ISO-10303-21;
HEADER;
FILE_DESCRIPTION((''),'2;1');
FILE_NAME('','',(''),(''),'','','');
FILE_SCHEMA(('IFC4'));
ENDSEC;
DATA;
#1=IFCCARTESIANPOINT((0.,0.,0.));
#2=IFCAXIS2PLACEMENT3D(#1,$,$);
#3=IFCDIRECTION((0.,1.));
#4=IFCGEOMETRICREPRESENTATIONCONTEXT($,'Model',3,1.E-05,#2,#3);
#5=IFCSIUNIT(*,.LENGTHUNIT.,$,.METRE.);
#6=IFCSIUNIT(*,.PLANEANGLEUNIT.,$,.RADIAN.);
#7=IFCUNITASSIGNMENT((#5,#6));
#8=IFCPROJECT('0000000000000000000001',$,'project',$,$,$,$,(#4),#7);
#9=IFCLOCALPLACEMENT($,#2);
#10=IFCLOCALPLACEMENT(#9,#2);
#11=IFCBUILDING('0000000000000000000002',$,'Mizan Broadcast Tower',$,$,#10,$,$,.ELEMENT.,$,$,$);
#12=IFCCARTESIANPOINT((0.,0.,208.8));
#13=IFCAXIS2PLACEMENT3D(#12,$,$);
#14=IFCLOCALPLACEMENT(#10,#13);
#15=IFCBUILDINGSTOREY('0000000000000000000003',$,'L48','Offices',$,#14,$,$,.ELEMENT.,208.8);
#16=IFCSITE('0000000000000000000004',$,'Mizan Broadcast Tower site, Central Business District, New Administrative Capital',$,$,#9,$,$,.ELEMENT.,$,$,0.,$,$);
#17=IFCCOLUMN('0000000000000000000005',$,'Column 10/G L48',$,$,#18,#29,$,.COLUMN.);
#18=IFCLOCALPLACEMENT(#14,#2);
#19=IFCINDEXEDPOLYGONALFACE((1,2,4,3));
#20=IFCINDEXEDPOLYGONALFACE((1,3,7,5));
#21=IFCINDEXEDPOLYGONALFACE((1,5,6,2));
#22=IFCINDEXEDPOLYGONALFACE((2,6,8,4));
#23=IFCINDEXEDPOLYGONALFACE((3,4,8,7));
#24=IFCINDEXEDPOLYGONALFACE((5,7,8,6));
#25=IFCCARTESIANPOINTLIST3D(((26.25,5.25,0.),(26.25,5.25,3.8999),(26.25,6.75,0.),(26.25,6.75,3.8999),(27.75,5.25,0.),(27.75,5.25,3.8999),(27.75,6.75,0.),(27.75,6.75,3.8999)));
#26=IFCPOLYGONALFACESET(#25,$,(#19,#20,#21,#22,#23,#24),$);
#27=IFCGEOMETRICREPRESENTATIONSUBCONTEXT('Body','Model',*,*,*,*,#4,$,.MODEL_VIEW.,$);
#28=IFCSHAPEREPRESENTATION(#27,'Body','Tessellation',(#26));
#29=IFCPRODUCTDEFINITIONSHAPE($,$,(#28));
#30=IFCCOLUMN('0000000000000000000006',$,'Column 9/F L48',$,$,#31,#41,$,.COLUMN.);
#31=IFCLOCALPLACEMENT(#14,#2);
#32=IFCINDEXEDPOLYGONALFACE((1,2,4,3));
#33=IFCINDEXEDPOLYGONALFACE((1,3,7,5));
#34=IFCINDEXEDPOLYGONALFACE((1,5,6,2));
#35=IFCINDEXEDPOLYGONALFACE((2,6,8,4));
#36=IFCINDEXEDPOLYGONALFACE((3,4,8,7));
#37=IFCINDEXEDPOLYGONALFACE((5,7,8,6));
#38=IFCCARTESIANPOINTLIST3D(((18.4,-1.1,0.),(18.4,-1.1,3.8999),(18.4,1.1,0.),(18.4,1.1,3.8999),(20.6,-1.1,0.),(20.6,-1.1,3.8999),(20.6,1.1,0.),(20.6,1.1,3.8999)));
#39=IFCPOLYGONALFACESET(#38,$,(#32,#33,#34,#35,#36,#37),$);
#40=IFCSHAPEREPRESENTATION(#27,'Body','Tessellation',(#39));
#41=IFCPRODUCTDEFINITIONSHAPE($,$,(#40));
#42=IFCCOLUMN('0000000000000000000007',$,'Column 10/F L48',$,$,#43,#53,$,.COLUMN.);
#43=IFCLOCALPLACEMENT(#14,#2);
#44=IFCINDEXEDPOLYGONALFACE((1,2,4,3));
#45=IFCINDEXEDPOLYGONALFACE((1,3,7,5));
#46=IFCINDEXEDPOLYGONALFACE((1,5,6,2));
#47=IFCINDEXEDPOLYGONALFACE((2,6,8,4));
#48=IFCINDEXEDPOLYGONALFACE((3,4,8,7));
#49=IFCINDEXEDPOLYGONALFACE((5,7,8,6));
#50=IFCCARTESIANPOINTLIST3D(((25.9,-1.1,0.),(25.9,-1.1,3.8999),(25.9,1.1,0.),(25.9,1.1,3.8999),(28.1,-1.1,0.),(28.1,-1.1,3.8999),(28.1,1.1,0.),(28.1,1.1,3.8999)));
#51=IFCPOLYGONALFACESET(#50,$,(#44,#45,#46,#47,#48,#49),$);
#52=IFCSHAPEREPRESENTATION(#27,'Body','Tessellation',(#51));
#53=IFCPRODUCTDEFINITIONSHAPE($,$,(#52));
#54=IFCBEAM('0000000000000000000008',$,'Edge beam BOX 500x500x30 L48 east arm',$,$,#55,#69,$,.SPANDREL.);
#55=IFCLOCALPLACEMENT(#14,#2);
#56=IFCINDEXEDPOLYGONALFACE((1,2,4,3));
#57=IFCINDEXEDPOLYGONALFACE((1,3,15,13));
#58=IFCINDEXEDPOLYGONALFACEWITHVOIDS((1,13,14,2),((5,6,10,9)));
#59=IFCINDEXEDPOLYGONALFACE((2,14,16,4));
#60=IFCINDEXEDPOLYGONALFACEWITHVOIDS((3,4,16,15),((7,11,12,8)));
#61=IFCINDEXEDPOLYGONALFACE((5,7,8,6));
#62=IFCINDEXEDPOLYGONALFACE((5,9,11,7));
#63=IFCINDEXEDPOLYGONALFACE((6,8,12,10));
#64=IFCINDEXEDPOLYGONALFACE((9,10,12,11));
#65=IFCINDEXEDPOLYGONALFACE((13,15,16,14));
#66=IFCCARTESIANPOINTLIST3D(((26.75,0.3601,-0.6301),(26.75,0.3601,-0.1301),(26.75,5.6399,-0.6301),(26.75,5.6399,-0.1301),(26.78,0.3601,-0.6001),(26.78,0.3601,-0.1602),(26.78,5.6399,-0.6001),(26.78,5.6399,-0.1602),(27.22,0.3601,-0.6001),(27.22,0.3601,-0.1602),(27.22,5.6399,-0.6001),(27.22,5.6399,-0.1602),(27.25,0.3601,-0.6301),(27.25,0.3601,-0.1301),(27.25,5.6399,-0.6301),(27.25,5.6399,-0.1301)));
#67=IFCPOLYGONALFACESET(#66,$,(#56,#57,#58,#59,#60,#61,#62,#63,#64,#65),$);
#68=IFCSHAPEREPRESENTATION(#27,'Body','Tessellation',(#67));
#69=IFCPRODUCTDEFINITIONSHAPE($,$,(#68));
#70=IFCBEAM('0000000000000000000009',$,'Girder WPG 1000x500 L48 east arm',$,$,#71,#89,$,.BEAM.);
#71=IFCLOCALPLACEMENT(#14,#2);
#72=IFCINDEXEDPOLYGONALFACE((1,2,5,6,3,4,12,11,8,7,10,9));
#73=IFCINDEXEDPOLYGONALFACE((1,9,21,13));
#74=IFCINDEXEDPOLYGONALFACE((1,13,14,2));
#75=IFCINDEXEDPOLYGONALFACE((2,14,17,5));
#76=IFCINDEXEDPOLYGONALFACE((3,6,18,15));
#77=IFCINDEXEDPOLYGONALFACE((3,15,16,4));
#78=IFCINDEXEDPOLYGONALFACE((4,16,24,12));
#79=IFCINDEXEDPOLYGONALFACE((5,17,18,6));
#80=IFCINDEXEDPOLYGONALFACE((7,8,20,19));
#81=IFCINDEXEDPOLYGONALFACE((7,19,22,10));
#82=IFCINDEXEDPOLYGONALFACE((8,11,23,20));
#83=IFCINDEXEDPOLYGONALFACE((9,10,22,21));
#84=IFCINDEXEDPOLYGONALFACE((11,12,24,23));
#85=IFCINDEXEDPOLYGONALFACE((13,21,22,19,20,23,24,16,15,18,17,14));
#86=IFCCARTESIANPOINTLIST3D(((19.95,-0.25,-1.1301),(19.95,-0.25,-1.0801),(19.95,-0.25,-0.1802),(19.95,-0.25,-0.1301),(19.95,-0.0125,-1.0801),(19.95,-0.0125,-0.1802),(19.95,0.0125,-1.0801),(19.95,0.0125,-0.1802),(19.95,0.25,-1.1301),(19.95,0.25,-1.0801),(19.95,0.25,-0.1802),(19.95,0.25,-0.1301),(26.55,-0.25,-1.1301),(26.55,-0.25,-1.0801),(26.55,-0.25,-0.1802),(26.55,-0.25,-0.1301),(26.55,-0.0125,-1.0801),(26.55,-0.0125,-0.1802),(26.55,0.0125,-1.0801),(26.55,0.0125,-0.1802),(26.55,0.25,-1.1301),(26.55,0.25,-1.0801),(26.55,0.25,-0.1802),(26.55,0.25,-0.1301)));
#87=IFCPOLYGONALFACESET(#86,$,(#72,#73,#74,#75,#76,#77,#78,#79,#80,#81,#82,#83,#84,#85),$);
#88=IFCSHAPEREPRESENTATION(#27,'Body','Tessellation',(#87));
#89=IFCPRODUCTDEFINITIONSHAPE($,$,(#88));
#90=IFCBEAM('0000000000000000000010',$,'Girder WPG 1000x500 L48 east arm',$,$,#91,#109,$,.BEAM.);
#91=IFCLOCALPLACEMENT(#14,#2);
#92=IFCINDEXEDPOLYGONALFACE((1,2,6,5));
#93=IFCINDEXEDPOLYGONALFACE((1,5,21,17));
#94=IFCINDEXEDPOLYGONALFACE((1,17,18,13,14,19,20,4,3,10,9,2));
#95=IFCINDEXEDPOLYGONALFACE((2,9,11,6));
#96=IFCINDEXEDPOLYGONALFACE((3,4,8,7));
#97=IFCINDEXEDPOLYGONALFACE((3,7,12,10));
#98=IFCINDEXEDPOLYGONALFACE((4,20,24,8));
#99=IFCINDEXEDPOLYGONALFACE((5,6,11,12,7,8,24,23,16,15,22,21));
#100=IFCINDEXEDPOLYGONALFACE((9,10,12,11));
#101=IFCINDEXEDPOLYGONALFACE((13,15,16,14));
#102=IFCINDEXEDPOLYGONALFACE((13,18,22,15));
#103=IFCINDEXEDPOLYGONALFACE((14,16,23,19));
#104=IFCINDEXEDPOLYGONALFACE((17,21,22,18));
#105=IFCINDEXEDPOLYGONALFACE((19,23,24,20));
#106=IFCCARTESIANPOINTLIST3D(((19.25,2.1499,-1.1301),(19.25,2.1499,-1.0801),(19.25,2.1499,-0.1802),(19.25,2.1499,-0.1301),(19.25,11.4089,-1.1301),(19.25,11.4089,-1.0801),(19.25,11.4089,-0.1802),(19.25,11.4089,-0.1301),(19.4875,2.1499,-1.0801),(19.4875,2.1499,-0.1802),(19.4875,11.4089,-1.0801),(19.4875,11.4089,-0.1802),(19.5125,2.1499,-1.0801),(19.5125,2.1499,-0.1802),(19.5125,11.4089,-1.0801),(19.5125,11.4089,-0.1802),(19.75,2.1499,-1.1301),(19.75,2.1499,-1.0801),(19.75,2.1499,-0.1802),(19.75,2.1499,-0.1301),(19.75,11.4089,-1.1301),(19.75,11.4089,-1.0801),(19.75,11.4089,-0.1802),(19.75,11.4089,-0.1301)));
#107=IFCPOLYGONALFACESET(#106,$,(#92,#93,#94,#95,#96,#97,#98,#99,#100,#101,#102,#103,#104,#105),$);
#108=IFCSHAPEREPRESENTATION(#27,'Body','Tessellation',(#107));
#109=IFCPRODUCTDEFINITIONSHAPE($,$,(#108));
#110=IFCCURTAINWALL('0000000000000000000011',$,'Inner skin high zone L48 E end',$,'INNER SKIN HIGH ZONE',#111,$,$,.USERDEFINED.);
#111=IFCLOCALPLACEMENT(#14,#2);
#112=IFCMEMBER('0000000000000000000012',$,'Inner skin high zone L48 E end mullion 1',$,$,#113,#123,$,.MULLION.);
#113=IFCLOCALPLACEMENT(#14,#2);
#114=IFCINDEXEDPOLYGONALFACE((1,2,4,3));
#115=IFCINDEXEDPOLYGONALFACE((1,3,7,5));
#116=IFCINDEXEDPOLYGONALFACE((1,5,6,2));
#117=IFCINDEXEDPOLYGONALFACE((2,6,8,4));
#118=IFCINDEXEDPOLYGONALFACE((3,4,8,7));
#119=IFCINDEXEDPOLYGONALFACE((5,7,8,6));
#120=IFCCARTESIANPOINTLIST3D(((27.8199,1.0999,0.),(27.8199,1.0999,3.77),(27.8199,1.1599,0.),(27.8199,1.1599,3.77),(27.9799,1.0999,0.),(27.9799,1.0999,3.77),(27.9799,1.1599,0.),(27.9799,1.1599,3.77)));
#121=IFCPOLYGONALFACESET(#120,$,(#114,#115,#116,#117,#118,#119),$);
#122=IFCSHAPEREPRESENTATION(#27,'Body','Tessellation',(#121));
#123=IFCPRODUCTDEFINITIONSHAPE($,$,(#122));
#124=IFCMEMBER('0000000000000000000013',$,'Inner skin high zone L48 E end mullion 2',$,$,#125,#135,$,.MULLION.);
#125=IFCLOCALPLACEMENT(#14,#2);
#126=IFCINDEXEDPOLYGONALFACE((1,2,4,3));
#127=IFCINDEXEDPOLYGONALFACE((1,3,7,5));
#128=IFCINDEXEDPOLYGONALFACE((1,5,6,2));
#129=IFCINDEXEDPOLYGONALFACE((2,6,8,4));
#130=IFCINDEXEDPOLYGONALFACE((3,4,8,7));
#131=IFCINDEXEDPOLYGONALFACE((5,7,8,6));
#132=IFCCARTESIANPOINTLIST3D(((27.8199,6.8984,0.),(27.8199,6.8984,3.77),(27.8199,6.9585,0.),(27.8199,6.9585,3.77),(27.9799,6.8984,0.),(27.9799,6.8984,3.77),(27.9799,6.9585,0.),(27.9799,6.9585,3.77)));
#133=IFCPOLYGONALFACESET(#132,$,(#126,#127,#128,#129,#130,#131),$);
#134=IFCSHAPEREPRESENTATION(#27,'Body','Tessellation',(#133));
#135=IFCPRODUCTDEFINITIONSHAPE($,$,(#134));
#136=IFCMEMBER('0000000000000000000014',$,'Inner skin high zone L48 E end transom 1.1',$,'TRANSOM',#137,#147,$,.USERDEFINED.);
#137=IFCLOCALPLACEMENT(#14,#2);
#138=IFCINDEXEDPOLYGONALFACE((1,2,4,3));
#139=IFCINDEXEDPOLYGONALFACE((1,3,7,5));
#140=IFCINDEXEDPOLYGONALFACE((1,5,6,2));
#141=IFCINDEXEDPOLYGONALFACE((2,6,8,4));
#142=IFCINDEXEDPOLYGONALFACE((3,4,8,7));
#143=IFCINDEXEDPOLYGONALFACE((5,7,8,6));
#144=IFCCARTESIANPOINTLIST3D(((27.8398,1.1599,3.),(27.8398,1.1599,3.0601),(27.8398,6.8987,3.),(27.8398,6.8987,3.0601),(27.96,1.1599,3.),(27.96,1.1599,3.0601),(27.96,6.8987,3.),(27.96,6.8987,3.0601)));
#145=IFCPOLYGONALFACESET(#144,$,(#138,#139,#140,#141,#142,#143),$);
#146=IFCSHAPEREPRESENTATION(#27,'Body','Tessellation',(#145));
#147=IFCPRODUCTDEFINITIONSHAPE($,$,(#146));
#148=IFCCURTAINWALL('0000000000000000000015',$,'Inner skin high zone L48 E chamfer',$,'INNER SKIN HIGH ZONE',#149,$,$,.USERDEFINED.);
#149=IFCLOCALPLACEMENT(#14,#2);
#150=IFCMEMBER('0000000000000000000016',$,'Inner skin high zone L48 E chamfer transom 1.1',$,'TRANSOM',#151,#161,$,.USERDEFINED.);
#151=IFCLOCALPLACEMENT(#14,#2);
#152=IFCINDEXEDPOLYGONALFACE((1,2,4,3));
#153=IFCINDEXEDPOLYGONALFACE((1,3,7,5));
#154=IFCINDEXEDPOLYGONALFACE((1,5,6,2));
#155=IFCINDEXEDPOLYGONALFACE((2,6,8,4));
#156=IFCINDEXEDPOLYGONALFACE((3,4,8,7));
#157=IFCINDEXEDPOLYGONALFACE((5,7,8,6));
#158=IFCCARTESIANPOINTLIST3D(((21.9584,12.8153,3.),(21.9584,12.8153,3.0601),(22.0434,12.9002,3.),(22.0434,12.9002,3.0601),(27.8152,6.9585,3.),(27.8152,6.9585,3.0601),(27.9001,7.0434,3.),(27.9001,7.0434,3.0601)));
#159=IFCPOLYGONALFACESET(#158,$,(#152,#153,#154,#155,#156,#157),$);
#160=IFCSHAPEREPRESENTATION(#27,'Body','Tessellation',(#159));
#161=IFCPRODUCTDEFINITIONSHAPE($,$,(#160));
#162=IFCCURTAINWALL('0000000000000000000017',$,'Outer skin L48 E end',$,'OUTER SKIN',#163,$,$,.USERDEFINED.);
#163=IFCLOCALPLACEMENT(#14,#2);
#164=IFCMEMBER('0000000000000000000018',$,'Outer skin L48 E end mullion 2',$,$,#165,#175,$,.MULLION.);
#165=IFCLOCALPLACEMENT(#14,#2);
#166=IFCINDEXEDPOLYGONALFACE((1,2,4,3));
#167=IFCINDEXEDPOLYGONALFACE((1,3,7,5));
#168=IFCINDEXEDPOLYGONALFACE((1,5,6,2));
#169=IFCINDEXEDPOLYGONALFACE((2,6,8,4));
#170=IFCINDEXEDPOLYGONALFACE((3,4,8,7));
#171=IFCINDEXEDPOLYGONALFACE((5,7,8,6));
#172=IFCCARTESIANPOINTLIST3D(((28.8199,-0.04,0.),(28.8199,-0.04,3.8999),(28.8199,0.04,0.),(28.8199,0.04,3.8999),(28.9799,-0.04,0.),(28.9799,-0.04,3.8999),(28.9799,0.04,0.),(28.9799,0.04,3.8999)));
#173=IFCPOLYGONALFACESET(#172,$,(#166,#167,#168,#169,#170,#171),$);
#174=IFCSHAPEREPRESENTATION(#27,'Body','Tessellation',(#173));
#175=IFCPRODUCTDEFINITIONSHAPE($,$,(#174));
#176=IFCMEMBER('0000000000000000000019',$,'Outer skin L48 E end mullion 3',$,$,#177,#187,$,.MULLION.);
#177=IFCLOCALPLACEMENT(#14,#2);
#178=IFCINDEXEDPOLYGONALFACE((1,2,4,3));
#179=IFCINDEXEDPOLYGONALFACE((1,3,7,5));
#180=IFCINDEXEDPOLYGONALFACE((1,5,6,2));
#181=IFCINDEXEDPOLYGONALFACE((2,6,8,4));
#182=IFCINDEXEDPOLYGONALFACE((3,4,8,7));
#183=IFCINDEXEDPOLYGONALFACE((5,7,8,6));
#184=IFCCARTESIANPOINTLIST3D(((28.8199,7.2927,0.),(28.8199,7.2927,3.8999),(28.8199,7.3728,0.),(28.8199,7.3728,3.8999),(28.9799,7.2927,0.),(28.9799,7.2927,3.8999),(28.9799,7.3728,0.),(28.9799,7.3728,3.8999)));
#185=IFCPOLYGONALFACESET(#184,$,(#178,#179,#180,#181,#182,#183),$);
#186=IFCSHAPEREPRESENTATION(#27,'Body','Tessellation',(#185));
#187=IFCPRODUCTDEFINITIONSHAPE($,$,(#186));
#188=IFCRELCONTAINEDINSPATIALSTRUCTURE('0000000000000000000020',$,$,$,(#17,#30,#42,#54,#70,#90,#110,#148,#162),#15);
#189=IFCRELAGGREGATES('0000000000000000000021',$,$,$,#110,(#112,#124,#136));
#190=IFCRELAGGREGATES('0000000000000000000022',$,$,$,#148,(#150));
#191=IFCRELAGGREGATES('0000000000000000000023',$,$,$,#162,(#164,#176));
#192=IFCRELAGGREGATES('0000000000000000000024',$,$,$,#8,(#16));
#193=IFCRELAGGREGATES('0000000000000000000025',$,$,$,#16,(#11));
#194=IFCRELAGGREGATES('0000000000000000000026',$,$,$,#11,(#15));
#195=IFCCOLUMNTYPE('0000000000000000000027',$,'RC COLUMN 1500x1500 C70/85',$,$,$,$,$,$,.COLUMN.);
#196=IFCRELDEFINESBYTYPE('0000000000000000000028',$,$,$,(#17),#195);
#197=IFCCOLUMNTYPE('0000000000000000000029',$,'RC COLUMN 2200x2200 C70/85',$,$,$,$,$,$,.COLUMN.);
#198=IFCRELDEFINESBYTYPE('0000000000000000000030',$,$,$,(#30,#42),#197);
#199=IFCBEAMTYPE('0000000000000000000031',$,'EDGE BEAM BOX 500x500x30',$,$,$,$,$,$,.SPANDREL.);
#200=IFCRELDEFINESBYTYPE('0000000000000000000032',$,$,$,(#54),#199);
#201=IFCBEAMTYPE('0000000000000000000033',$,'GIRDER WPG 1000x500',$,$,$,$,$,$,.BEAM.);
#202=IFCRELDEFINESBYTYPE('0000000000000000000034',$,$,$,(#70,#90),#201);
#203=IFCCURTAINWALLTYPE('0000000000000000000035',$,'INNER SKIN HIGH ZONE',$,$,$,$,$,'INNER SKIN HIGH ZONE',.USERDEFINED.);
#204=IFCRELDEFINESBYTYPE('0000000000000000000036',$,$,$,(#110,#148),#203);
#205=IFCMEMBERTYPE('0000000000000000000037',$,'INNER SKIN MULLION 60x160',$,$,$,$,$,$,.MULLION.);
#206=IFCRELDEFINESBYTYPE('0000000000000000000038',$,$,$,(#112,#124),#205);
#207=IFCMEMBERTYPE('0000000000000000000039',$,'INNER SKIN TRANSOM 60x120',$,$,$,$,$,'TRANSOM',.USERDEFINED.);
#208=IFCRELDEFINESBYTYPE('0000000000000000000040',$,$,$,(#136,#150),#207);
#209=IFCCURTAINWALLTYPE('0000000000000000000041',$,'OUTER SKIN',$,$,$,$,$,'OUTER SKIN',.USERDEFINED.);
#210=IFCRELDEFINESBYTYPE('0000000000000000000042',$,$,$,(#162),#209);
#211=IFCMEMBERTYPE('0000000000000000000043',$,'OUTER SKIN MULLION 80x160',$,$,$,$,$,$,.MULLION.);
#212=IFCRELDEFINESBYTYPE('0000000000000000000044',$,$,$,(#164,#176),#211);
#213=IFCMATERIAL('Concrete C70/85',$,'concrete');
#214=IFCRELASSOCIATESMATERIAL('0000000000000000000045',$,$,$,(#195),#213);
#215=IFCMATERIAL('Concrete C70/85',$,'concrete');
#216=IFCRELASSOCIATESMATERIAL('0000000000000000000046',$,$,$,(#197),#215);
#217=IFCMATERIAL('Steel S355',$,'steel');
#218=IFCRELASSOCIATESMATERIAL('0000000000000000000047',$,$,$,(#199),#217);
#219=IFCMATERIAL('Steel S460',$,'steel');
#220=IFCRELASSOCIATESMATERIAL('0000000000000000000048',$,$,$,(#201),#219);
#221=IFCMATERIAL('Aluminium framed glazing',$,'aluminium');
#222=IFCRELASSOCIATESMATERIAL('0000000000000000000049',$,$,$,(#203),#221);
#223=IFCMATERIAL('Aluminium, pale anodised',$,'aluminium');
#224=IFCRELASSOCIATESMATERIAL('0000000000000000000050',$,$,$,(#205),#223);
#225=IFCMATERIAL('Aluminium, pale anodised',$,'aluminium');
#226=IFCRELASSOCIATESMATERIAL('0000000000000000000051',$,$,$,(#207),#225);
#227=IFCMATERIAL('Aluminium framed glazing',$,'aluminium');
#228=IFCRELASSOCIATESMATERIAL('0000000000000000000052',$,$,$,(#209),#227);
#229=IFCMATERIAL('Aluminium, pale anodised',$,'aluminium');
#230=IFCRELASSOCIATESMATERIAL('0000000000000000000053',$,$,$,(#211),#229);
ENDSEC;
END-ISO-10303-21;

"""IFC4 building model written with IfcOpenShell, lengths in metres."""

from ifc_helpers import new_model, si_unit, direction, frame, origin, origin_2d, place, context, subcontext, project, spatial, rectangle, hollow_rectangle, i_section, extrude, material, material_profile, profile_set, type_object, element, aggregate, save


model = new_model("IFC4")

# Units and contexts
model_context = context("Model", 3, precision=1e-05, world=origin(), true_north=direction((0.0, 1.0)))
body_context = subcontext(model_context, "Body", "Model", "MODEL_VIEW")
ifc_project = project(units=[si_unit("LENGTHUNIT", "METRE"), si_unit("PLANEANGLEUNIT", "RADIAN")], contexts=[model_context])

# Site, building, storey
site_placement = place(None, origin())
site = spatial("IfcSite", under=ifc_project, at=site_placement, Name="Mizan Broadcast Tower site, Central Business District, New Administrative Capital", CompositionType="ELEMENT", RefElevation=0.0)
building_placement = place(site_placement, origin())
building = spatial("IfcBuilding", under=site, at=building_placement, Name="Mizan Broadcast Tower", CompositionType="ELEMENT")
storey_placement = place(building_placement, frame((0.0, 0.0, 208.8)))
storey = spatial("IfcBuildingStorey", under=building, at=storey_placement, Name="L48", Description="Offices", CompositionType="ELEMENT", Elevation=208.8)

# Columns
ifc_material_1 = material(Name="Concrete C70/85", Category="concrete")
ifc_material_profile_1 = material_profile(ifc_material_1, rectangle(XDim=1.5, YDim=1.5, at=origin_2d()), Name="RC 1500x1500")
ifc_profile_set_1 = profile_set([ifc_material_profile_1], Name="Concrete C70/85")
column_type_1 = type_object("IfcColumnType", Name="RC COLUMN 1500x1500 C70/85", PredefinedType="COLUMN", material=ifc_profile_set_1)
column_placement = place(storey_placement, frame((27.0, 6.0, 0.0), z_axis=(0.0, 0.0, 1.0), x_axis=(1.0, 0.0, 0.0)))
element("IfcColumn", 1, at=column_placement, inside=storey, type_object=column_type_1, Name="Column 10/G L48", PredefinedType="COLUMN", context=body_context, shape_type="SweptSolid", body=[
    extrude(rectangle(XDim=1.5, YDim=1.5, at=origin_2d()), origin(), (0.0, 0.0, 1.0), 3.8999),
])
ifc_material_2 = material(Name="Concrete C70/85", Category="concrete")
ifc_material_profile_2 = material_profile(ifc_material_2, rectangle(XDim=2.2, YDim=2.2, at=origin_2d()), Name="RC 2200x2200")
ifc_profile_set_2 = profile_set([ifc_material_profile_2], Name="Concrete C70/85")
column_type_2 = type_object("IfcColumnType", Name="RC COLUMN 2200x2200 C70/85", PredefinedType="COLUMN", material=ifc_profile_set_2)
for number, where, z_axis, x_axis, name in (
    (2, (19.5, 0.0, 0.0), (0.0, 0.0, 1.0), (1.0, 0.0, 0.0), "Column 9/F L48"),
    (3, (27.0, 0.0, 0.0), (0.0, 0.0, 1.0), (1.0, 0.0, 0.0), "Column 10/F L48"),
):
    element("IfcColumn", number, at=place(storey_placement, frame(where, z_axis=z_axis, x_axis=x_axis)), inside=storey, type_object=column_type_2, Name=name, PredefinedType="COLUMN", context=body_context, shape_type="SweptSolid", body=[
        extrude(rectangle(XDim=2.2, YDim=2.2, at=origin_2d()), origin(), (0.0, 0.0, 1.0), 3.8999),
    ])

# Beams
ifc_material_3 = material(Name="Steel S355", Category="steel")
ifc_material_profile_3 = material_profile(ifc_material_3, hollow_rectangle(XDim=0.5, YDim=0.5, WallThickness=0.03, at=origin_2d()), Name="BOX 500x500x30")
ifc_profile_set_3 = profile_set([ifc_material_profile_3], Name="Steel S355")
beam_type_1 = type_object("IfcBeamType", Name="EDGE BEAM BOX 500x500x30", PredefinedType="SPANDREL", material=ifc_profile_set_3)
beam_1_placement = place(storey_placement, frame((27.0, 5.6399, -0.3801), z_axis=(0.0, -1.0, 0.0), x_axis=(1.0, 0.0, 0.0)))
element("IfcBeam", 4, at=beam_1_placement, inside=storey, type_object=beam_type_1, Name="Edge beam BOX 500x500x30 L48 east arm", PredefinedType="SPANDREL", context=body_context, shape_type="SweptSolid", body=[
    extrude(hollow_rectangle(XDim=0.5, YDim=0.5, WallThickness=0.03, at=origin_2d()), origin(), (0.0, 0.0, 1.0), 5.2798),
])
ifc_material_4 = material(Name="Steel S460", Category="steel")
ifc_material_profile_4 = material_profile(ifc_material_4, i_section(OverallWidth=0.5, OverallDepth=1.0, WebThickness=0.0249, FlangeThickness=0.05, at=origin_2d()), Name="WPG 1000x500")
ifc_profile_set_4 = profile_set([ifc_material_profile_4], Name="Steel S460")
beam_type_2 = type_object("IfcBeamType", Name="GIRDER WPG 1000x500", PredefinedType="BEAM", material=ifc_profile_set_4)
beam_2_placement = place(storey_placement, frame((19.95, 0.0, -0.6301), z_axis=(1.0, 0.0, 0.0), x_axis=(0.0, 1.0, 0.0)))
element("IfcBeam", 5, at=beam_2_placement, inside=storey, type_object=beam_type_2, Name="Girder WPG 1000x500 L48 east arm", PredefinedType="BEAM", context=body_context, shape_type="SweptSolid", body=[
    extrude(i_section(OverallWidth=0.5, OverallDepth=1.0, WebThickness=0.0249, FlangeThickness=0.05, at=origin_2d()), origin(), (0.0, 0.0, 1.0), 6.6001),
])
beam_3_placement = place(storey_placement, frame((19.5, 11.4089, -0.6301), z_axis=(0.0, -1.0, 0.0), x_axis=(1.0, 0.0, 0.0)))
element("IfcBeam", 6, at=beam_3_placement, inside=storey, type_object=beam_type_2, Name="Girder WPG 1000x500 L48 east arm", PredefinedType="BEAM", context=body_context, shape_type="SweptSolid", body=[
    extrude(i_section(OverallWidth=0.5, OverallDepth=1.0, WebThickness=0.0249, FlangeThickness=0.05, at=origin_2d()), origin(), (0.0, 0.0, 1.0), 9.259),
])

# Curtain wall, members
ifc_material_5 = material(Name="Aluminium framed glazing", Category="aluminium")
curtain_wall_type_1 = type_object("IfcCurtainWallType", Name="INNER SKIN HIGH ZONE", ElementType="INNER SKIN HIGH ZONE", PredefinedType="USERDEFINED", material=ifc_material_5)
curtain_wall_1_placement = place(storey_placement, origin())
curtain_wall_1 = element("IfcCurtainWall", 7, at=curtain_wall_1_placement, inside=storey, type_object=curtain_wall_type_1, Name="Inner skin high zone L48 E end", ObjectType="INNER SKIN HIGH ZONE", PredefinedType="USERDEFINED")
ifc_material_6 = material(Name="Aluminium, pale anodised", Category="aluminium")
ifc_material_profile_5 = material_profile(ifc_material_6, rectangle(XDim=0.1599, YDim=0.0601, at=origin_2d()), Name="MULLION 160x60")
ifc_profile_set_5 = profile_set([ifc_material_profile_5], Name="Aluminium, pale anodised")
member_type_1 = type_object("IfcMemberType", Name="INNER SKIN MULLION 60x160", PredefinedType="MULLION", material=ifc_profile_set_5)
member_1_placement = place(storey_placement, frame((27.8999, 1.1299, 0.0), z_axis=(0.0, 0.0, 1.0), x_axis=(-1.0, 0.0, 0.0)))
member_1 = element("IfcMember", 8, at=member_1_placement, type_object=member_type_1, Name="Inner skin high zone L48 E end mullion 1", PredefinedType="MULLION", context=body_context, shape_type="SweptSolid", body=[
    extrude(rectangle(XDim=0.1599, YDim=0.0601, at=origin_2d()), origin(), (0.0, 0.0, 1.0), 3.77),
])
member_2_placement = place(storey_placement, frame((27.8999, 6.9285, 0.0), z_axis=(0.0, 0.0, 1.0), x_axis=(-1.0, 0.0, 0.0)))
member_2 = element("IfcMember", 9, at=member_2_placement, type_object=member_type_1, Name="Inner skin high zone L48 E end mullion 2", PredefinedType="MULLION", context=body_context, shape_type="SweptSolid", body=[
    extrude(rectangle(XDim=0.1599, YDim=0.0601, at=origin_2d()), origin(), (0.0, 0.0, 1.0), 3.77),
])
ifc_material_7 = material(Name="Aluminium, pale anodised", Category="aluminium")
ifc_material_profile_6 = material_profile(ifc_material_7, rectangle(XDim=0.1201, YDim=0.0601, at=origin_2d()), Name="TRANSOM 120x60")
ifc_profile_set_6 = profile_set([ifc_material_profile_6], Name="Aluminium, pale anodised")
member_type_2 = type_object("IfcMemberType", Name="INNER SKIN TRANSOM 60x120", ElementType="TRANSOM", PredefinedType="USERDEFINED", material=ifc_profile_set_6)
member_3_placement = place(storey_placement, frame((27.8999, 1.1599, 3.03), z_axis=(0.0, 1.0, 0.0), x_axis=(-1.0, 0.0, 0.0)))
member_3 = element("IfcMember", 10, at=member_3_placement, type_object=member_type_2, Name="Inner skin high zone L48 E end transom 1.1", ObjectType="TRANSOM", PredefinedType="USERDEFINED", context=body_context, shape_type="SweptSolid", body=[
    extrude(rectangle(XDim=0.1201, YDim=0.0601, at=origin_2d()), origin(), (0.0, 0.0, 1.0), 5.7388),
])

# Curtain wall, member
curtain_wall_2_placement = place(storey_placement, origin())
curtain_wall_2 = element("IfcCurtainWall", 11, at=curtain_wall_2_placement, inside=storey, type_object=curtain_wall_type_1, Name="Inner skin high zone L48 E chamfer", ObjectType="INNER SKIN HIGH ZONE", PredefinedType="USERDEFINED")
member_4_placement = place(storey_placement, frame((27.8577, 7.001, 3.03), z_axis=(-0.707107, 0.707107, 0.0), x_axis=(-0.707107, -0.707107, 0.0)))
member_4 = element("IfcMember", 12, at=member_4_placement, type_object=member_type_2, Name="Inner skin high zone L48 E chamfer transom 1.1", ObjectType="TRANSOM", PredefinedType="USERDEFINED", context=body_context, shape_type="SweptSolid", body=[
    extrude(rectangle(XDim=0.1201, YDim=0.0601, at=origin_2d()), origin(), (0.0, 0.0, 1.0), 8.2827),
])

# Curtain wall, members
ifc_material_8 = material(Name="Aluminium framed glazing", Category="aluminium")
curtain_wall_type_2 = type_object("IfcCurtainWallType", Name="OUTER SKIN", ElementType="OUTER SKIN", PredefinedType="USERDEFINED", material=ifc_material_8)
curtain_wall_3_placement = place(storey_placement, origin())
curtain_wall_3 = element("IfcCurtainWall", 13, at=curtain_wall_3_placement, inside=storey, type_object=curtain_wall_type_2, Name="Outer skin L48 E end", ObjectType="OUTER SKIN", PredefinedType="USERDEFINED")
ifc_material_9 = material(Name="Aluminium, pale anodised", Category="aluminium")
ifc_material_profile_7 = material_profile(ifc_material_9, rectangle(XDim=0.1599, YDim=0.0801, at=origin_2d()), Name="MULLION 160x80")
ifc_profile_set_7 = profile_set([ifc_material_profile_7], Name="Aluminium, pale anodised")
member_type_3 = type_object("IfcMemberType", Name="OUTER SKIN MULLION 80x160", PredefinedType="MULLION", material=ifc_profile_set_7)
member_5_placement = place(storey_placement, frame((28.8999, 0.0, 0.0), z_axis=(0.0, 0.0, 1.0), x_axis=(-1.0, 0.0, 0.0)))
member_5 = element("IfcMember", 14, at=member_5_placement, type_object=member_type_3, Name="Outer skin L48 E end mullion 2", PredefinedType="MULLION", context=body_context, shape_type="SweptSolid", body=[
    extrude(rectangle(XDim=0.1599, YDim=0.0801, at=origin_2d()), origin(), (0.0, 0.0, 1.0), 3.8999),
])
member_6_placement = place(storey_placement, frame((28.8999, 7.3328, 0.0), z_axis=(0.0, 0.0, 1.0), x_axis=(-1.0, 0.0, 0.0)))
member_6 = element("IfcMember", 15, at=member_6_placement, type_object=member_type_3, Name="Outer skin L48 E end mullion 3", PredefinedType="MULLION", context=body_context, shape_type="SweptSolid", body=[
    extrude(rectangle(XDim=0.1599, YDim=0.0801, at=origin_2d()), origin(), (0.0, 0.0, 1.0), 3.8999),
])

aggregate(curtain_wall_1, [member_1, member_2, member_3])
aggregate(curtain_wall_2, [member_4])
aggregate(curtain_wall_3, [member_5, member_6])

save(model, "model.ifc")
